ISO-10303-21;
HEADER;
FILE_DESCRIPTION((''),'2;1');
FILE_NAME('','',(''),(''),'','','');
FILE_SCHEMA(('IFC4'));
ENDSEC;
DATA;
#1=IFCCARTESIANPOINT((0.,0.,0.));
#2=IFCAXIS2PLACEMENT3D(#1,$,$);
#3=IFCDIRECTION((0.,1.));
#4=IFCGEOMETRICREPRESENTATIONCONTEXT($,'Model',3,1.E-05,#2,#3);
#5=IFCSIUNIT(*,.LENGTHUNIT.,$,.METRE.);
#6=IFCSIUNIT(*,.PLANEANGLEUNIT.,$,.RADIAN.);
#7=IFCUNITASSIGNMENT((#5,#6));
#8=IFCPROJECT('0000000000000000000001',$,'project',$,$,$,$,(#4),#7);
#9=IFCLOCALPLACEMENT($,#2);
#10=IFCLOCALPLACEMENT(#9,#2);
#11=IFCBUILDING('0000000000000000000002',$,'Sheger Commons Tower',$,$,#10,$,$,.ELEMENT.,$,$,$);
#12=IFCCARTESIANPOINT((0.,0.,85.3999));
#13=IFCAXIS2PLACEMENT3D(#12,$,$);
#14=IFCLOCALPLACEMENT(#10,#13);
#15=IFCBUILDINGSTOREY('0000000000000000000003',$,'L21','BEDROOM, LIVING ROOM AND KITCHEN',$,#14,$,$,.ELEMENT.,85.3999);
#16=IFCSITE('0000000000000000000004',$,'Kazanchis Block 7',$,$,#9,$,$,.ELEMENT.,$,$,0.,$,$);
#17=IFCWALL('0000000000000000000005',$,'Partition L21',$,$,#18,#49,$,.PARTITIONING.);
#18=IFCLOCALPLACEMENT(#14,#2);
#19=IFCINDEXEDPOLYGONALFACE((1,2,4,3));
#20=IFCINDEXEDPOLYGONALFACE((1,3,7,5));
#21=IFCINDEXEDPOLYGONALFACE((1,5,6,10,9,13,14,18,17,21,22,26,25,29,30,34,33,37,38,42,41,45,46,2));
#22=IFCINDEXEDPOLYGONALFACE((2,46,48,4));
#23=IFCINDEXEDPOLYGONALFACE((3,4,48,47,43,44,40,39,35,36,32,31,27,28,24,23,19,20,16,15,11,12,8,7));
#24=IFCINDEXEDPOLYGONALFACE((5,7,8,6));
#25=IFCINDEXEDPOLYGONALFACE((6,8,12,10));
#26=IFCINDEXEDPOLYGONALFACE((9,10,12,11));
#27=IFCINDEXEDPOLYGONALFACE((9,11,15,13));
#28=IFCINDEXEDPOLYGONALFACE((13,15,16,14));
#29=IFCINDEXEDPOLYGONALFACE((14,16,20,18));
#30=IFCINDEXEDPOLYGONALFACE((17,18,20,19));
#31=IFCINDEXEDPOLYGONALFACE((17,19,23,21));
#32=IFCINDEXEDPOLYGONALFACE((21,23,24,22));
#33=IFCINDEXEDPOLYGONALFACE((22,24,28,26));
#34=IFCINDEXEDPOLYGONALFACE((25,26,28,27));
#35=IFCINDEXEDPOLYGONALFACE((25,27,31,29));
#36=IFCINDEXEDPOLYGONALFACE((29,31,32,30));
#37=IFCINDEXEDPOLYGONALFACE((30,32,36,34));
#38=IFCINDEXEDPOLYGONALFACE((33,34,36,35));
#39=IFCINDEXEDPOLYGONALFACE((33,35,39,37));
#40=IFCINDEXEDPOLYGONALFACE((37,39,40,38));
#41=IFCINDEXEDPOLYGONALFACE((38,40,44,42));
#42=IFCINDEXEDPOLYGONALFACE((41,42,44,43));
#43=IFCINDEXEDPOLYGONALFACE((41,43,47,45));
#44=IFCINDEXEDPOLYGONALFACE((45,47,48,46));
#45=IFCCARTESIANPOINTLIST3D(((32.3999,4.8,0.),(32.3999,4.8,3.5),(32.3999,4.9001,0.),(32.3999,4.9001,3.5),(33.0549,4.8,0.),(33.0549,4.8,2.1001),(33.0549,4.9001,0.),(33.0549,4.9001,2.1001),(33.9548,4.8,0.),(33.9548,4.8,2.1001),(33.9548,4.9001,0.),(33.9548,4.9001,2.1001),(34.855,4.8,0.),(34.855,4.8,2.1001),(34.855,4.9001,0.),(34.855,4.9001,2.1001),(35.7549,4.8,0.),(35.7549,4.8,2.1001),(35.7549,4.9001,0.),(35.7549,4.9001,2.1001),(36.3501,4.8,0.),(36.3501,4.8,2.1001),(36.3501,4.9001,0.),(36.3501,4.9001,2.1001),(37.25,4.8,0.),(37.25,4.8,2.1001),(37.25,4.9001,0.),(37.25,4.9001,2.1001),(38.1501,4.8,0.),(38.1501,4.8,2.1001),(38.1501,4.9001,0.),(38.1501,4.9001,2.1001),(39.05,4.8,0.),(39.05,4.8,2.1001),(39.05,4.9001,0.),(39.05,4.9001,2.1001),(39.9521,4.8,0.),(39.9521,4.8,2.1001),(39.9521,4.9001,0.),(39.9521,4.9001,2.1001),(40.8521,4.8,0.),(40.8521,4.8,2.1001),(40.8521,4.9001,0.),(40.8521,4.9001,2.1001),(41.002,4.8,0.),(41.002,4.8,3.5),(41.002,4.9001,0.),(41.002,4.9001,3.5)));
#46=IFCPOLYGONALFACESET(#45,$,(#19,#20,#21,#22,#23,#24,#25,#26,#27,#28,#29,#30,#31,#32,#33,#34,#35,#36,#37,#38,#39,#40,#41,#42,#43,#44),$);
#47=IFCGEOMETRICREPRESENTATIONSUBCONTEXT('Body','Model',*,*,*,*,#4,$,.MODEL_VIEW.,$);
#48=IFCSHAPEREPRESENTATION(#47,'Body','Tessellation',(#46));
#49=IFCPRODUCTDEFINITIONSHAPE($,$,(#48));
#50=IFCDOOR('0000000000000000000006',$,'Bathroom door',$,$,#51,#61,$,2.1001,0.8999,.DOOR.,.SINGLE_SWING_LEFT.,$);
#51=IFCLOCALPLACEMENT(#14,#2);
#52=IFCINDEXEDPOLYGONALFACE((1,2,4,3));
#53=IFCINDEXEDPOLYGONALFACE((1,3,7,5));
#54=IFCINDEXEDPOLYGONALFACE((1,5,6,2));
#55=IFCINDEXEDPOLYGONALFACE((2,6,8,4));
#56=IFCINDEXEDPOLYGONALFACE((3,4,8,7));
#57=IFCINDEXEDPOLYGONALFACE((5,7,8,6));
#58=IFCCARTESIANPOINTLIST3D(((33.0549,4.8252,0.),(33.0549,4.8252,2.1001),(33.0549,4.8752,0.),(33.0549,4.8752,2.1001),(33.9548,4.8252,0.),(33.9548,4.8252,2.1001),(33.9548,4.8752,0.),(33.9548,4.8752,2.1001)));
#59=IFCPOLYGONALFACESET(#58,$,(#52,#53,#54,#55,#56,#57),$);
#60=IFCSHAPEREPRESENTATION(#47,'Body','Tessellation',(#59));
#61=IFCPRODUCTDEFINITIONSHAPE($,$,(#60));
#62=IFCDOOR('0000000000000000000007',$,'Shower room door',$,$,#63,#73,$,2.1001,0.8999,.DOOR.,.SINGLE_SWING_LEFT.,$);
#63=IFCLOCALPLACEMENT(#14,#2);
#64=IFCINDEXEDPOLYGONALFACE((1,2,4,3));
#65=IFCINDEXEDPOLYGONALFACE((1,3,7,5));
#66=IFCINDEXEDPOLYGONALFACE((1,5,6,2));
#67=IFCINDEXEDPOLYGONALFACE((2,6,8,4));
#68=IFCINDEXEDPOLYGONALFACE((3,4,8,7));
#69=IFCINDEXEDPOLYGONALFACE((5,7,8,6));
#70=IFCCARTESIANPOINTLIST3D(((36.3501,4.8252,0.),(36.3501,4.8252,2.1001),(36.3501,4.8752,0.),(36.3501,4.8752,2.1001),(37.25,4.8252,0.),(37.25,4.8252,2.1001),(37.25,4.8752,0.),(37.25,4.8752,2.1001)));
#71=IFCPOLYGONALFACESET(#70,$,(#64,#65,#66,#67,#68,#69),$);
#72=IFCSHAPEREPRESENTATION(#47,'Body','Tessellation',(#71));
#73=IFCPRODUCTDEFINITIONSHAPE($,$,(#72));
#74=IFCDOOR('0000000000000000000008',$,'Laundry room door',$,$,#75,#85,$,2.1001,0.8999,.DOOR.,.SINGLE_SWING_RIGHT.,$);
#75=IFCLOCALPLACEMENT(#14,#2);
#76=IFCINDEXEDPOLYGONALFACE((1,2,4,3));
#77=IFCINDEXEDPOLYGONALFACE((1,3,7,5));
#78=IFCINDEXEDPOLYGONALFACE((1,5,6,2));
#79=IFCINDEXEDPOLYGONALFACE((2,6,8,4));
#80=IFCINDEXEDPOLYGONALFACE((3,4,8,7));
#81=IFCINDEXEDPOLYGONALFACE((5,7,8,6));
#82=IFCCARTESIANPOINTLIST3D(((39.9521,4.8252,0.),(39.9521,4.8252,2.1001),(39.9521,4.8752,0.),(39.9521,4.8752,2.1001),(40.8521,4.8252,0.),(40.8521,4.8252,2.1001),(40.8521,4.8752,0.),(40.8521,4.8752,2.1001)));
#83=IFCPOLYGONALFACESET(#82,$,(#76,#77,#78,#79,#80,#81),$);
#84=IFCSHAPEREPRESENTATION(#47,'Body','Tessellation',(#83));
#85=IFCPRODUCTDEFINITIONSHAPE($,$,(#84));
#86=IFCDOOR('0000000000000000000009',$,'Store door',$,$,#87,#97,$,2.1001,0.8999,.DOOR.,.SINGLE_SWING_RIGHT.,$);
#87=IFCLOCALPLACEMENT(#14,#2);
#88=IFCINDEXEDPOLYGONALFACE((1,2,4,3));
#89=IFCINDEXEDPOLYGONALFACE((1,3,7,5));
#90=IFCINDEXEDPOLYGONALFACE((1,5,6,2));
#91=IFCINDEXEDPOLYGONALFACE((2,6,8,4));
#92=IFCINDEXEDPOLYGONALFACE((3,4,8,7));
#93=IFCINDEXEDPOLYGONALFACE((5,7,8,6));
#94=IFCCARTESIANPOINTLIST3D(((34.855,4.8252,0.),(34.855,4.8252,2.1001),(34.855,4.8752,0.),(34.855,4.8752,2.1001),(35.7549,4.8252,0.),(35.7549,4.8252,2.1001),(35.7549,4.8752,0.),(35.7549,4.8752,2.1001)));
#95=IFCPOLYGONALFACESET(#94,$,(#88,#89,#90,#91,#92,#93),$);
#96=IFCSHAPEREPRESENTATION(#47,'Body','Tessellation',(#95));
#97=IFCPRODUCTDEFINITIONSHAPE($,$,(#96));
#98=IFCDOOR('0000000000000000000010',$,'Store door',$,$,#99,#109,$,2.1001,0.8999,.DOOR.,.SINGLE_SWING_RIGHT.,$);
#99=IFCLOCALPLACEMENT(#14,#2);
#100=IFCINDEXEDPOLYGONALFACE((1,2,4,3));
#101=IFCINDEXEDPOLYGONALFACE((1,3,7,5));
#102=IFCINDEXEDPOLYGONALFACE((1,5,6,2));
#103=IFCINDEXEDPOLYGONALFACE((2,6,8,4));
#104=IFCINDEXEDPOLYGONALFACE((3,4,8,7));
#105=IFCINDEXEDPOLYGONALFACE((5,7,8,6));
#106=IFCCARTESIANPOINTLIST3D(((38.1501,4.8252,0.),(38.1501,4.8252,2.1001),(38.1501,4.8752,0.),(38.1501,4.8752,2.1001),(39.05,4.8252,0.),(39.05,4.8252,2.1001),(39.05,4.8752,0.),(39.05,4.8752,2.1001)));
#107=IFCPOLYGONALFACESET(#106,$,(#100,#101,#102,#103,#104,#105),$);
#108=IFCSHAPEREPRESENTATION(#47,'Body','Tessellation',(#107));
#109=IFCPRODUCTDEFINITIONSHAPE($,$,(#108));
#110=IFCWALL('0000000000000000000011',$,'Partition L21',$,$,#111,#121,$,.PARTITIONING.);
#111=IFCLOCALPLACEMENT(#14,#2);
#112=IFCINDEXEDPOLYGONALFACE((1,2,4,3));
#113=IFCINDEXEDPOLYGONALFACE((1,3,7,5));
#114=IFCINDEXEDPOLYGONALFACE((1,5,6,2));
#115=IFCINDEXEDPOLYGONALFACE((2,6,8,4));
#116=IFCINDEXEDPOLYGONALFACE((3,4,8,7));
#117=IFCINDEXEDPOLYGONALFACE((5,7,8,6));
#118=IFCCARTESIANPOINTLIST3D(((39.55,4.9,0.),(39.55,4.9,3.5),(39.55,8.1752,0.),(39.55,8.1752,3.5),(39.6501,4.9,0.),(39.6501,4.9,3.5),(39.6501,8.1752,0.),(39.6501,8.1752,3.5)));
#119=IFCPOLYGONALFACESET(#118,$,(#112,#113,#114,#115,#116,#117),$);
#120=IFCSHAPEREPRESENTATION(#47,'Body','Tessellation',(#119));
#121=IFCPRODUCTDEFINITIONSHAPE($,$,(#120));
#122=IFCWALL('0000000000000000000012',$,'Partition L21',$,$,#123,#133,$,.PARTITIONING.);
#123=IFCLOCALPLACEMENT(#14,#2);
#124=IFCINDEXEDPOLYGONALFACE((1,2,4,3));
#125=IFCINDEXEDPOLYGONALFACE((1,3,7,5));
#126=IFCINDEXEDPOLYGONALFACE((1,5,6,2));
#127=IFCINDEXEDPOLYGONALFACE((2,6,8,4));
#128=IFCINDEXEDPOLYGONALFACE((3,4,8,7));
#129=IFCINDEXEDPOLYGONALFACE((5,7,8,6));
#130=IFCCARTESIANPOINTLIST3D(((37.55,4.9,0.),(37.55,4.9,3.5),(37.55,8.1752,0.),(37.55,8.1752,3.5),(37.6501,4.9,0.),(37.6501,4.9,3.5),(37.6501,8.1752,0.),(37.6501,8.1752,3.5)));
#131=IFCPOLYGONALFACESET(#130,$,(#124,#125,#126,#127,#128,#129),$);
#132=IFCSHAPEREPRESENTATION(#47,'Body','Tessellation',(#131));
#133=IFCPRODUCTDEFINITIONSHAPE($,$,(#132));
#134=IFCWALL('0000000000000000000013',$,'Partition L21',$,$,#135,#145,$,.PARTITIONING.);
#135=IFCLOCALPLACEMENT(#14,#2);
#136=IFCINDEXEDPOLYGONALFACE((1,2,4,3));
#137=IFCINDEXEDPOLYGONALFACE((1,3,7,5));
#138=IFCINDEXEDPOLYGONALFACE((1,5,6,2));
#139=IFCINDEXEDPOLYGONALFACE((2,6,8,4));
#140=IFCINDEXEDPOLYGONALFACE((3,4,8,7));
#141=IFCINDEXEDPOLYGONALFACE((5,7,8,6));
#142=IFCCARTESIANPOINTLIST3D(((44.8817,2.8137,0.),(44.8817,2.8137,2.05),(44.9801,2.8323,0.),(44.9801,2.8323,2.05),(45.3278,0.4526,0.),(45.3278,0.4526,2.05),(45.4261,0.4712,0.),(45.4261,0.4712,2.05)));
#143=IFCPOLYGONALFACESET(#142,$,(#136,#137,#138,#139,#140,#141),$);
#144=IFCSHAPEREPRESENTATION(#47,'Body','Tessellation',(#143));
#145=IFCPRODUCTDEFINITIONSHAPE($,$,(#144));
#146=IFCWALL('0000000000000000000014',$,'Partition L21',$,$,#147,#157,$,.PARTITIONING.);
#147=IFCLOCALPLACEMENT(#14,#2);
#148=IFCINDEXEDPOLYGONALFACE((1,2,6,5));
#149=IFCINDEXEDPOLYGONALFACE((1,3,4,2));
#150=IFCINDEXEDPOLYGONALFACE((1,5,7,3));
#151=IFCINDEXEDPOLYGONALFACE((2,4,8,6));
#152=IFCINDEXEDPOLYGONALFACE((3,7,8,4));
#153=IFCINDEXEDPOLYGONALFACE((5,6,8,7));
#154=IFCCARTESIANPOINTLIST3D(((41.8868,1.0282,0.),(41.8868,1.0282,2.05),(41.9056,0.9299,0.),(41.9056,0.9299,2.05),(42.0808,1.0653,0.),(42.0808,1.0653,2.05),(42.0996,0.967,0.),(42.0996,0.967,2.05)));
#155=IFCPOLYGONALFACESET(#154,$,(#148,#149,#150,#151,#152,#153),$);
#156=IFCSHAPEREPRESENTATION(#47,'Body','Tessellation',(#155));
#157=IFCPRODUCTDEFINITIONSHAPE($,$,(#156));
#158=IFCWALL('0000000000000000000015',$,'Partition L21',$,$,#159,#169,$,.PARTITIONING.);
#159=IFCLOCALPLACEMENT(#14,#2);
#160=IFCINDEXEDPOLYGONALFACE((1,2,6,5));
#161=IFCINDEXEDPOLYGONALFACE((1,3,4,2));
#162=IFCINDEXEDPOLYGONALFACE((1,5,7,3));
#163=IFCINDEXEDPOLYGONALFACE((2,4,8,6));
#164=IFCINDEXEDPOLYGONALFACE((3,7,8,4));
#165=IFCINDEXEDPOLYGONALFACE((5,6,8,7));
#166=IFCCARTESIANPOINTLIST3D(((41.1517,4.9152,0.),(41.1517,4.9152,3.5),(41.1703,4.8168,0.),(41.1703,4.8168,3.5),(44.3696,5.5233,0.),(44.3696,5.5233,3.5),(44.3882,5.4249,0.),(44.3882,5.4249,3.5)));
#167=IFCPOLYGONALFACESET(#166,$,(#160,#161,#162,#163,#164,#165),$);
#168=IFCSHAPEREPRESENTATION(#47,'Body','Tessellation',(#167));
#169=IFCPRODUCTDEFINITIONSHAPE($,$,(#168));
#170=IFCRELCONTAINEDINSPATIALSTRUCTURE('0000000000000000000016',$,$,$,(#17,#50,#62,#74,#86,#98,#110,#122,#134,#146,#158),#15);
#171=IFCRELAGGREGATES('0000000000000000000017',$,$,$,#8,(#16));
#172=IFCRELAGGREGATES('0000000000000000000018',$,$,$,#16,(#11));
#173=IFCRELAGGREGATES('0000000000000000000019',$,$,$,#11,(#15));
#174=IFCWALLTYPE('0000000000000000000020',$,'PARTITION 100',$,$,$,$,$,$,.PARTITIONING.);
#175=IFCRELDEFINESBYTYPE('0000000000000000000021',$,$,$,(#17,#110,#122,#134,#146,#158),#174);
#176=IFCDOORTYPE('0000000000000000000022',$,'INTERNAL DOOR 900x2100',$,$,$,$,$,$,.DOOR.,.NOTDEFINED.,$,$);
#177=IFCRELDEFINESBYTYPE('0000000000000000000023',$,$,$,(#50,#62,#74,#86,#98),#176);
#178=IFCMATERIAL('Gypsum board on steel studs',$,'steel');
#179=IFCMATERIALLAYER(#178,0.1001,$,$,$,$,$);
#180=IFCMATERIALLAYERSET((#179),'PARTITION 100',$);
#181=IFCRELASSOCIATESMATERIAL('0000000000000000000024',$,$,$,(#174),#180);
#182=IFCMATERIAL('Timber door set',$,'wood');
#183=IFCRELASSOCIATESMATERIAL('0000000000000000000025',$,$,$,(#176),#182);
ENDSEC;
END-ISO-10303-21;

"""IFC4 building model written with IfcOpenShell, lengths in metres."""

from ifc_helpers import new_model, si_unit, direction, frame, frame_2d, origin, place, context, subcontext, project, spatial, rectangle, extrude, material, layer, layer_set, type_object, element, fill, save


model = new_model("IFC4")

# Units and contexts
model_context = context("Model", 3, precision=1e-05, world=origin(), true_north=direction((0.0, 1.0)))
body_context = subcontext(model_context, "Body", "Model", "MODEL_VIEW")
ifc_project = project(units=[si_unit("LENGTHUNIT", "METRE"), si_unit("PLANEANGLEUNIT", "RADIAN")], contexts=[model_context])

# Site, building, storey
site_placement = place(None, origin())
site = spatial("IfcSite", under=ifc_project, at=site_placement, Name="Kazanchis Block 7", CompositionType="ELEMENT", RefElevation=0.0)
building_placement = place(site_placement, origin())
building = spatial("IfcBuilding", under=site, at=building_placement, Name="Sheger Commons Tower", CompositionType="ELEMENT")
storey_placement = place(building_placement, frame((0.0, 0.0, 85.3999)))
storey = spatial("IfcBuildingStorey", under=building, at=storey_placement, Name="L21", Description="BEDROOM, LIVING ROOM AND KITCHEN", CompositionType="ELEMENT", Elevation=85.3999)

# Wall, openings, doors
ifc_material_1 = material(Name="Gypsum board on steel studs", Category="steel")
ifc_layer_1 = layer(ifc_material_1, 0.1001)
ifc_layer_set_1 = layer_set([ifc_layer_1], Name="PARTITION 100")
wall_type = type_object("IfcWallType", Name="PARTITION 100", PredefinedType="PARTITIONING", material=ifc_layer_set_1)
ifc_material_2 = material(Name="Timber door set", Category="wood")
door_type = type_object("IfcDoorType", Name="INTERNAL DOOR 900x2100", OperationType="NOTDEFINED", PredefinedType="DOOR", material=ifc_material_2)
wall_1_placement = place(storey_placement, frame((41.002, 4.8501, 0.0), z_axis=(0.0, 0.0, 1.0), x_axis=(-1.0, 0.0, 0.0)))
wall_1 = element("IfcWall", 1, at=wall_1_placement, inside=storey, type_object=wall_type, Name="Partition L21", PredefinedType="PARTITIONING", context=body_context, shape_type="SweptSolid", body=[
    extrude(rectangle(XDim=8.6021, YDim=0.1001, at=frame_2d((4.301, 0.0))), origin(), (0.0, 0.0, 1.0), 3.5),
])
opening_1_placement = place(wall_1_placement, frame((7.0471, 0.0, 0.0)))
opening_1 = element("IfcOpeningElement", 2, at=opening_1_placement, cuts=wall_1, PredefinedType="OPENING", context=body_context, shape_type="SweptSolid", body=[
    extrude(rectangle(XDim=0.8999, YDim=2.1001, at=frame_2d((0.45, 1.05))), frame((0.0, 0.0601, 0.0), z_axis=(0.0, -1.0, 0.0), x_axis=(1.0, 0.0, 0.0)), (0.0, 0.0, 1.0), 0.1201),
])
opening_2_placement = place(wall_1_placement, frame((3.752, 0.0, 0.0)))
opening_2 = element("IfcOpeningElement", 3, at=opening_2_placement, cuts=wall_1, PredefinedType="OPENING", context=body_context, shape_type="SweptSolid", body=[
    extrude(rectangle(XDim=0.8999, YDim=2.1001, at=frame_2d((0.45, 1.05))), frame((0.0, 0.0601, 0.0), z_axis=(0.0, -1.0, 0.0), x_axis=(1.0, 0.0, 0.0)), (0.0, 0.0, 1.0), 0.1201),
])
opening_3_placement = place(wall_1_placement, frame((0.1499, 0.0, 0.0)))
opening_3 = element("IfcOpeningElement", 4, at=opening_3_placement, cuts=wall_1, PredefinedType="OPENING", context=body_context, shape_type="SweptSolid", body=[
    extrude(rectangle(XDim=0.8999, YDim=2.1001, at=frame_2d((0.45, 1.05))), frame((0.0, 0.0601, 0.0), z_axis=(0.0, -1.0, 0.0), x_axis=(1.0, 0.0, 0.0)), (0.0, 0.0, 1.0), 0.1201),
])
opening_4_placement = place(wall_1_placement, frame((5.2471, 0.0, 0.0)))
opening_4 = element("IfcOpeningElement", 5, at=opening_4_placement, cuts=wall_1, PredefinedType="OPENING", context=body_context, shape_type="SweptSolid", body=[
    extrude(rectangle(XDim=0.8999, YDim=2.1001, at=frame_2d((0.45, 1.05))), frame((0.0, 0.0601, 0.0), z_axis=(0.0, -1.0, 0.0), x_axis=(1.0, 0.0, 0.0)), (0.0, 0.0, 1.0), 0.1201),
])
opening_5_placement = place(wall_1_placement, frame((1.9519, 0.0, 0.0)))
opening_5 = element("IfcOpeningElement", 6, at=opening_5_placement, cuts=wall_1, PredefinedType="OPENING", context=body_context, shape_type="SweptSolid", body=[
    extrude(rectangle(XDim=0.8999, YDim=2.1001, at=frame_2d((0.45, 1.05))), frame((0.0, 0.0601, 0.0), z_axis=(0.0, -1.0, 0.0), x_axis=(1.0, 0.0, 0.0)), (0.0, 0.0, 1.0), 0.1201),
])
door_1_placement = place(opening_1_placement, origin())
door_1 = element("IfcDoor", 7, at=door_1_placement, inside=storey, type_object=door_type, Name="Bathroom door", OperationType="SINGLE_SWING_LEFT", OverallHeight=2.1001, OverallWidth=0.8999, PredefinedType="DOOR", context=body_context, shape_type="SweptSolid", body=[
    extrude(rectangle(XDim=0.8999, YDim=2.1001, at=frame_2d((0.45, 1.05))), frame((0.0, 0.0249, 0.0), z_axis=(0.0, -1.0, 0.0), x_axis=(1.0, 0.0, 0.0)), (0.0, 0.0, 1.0), 0.05),
])
fill(opening_1, door_1)
door_2_placement = place(opening_2_placement, origin())
door_2 = element("IfcDoor", 8, at=door_2_placement, inside=storey, type_object=door_type, Name="Shower room door", OperationType="SINGLE_SWING_LEFT", OverallHeight=2.1001, OverallWidth=0.8999, PredefinedType="DOOR", context=body_context, shape_type="SweptSolid", body=[
    extrude(rectangle(XDim=0.8999, YDim=2.1001, at=frame_2d((0.45, 1.05))), frame((0.0, 0.0249, 0.0), z_axis=(0.0, -1.0, 0.0), x_axis=(1.0, 0.0, 0.0)), (0.0, 0.0, 1.0), 0.05),
])
fill(opening_2, door_2)
door_3_placement = place(opening_3_placement, origin())
door_3 = element("IfcDoor", 9, at=door_3_placement, inside=storey, type_object=door_type, Name="Laundry room door", OperationType="SINGLE_SWING_RIGHT", OverallHeight=2.1001, OverallWidth=0.8999, PredefinedType="DOOR", context=body_context, shape_type="SweptSolid", body=[
    extrude(rectangle(XDim=0.8999, YDim=2.1001, at=frame_2d((0.45, 1.05))), frame((0.0, 0.0249, 0.0), z_axis=(0.0, -1.0, 0.0), x_axis=(1.0, 0.0, 0.0)), (0.0, 0.0, 1.0), 0.05),
])
fill(opening_3, door_3)
door_4_placement = place(opening_4_placement, origin())
door_4 = element("IfcDoor", 10, at=door_4_placement, inside=storey, type_object=door_type, Name="Store door", OperationType="SINGLE_SWING_RIGHT", OverallHeight=2.1001, OverallWidth=0.8999, PredefinedType="DOOR", context=body_context, shape_type="SweptSolid", body=[
    extrude(rectangle(XDim=0.8999, YDim=2.1001, at=frame_2d((0.45, 1.05))), frame((0.0, 0.0249, 0.0), z_axis=(0.0, -1.0, 0.0), x_axis=(1.0, 0.0, 0.0)), (0.0, 0.0, 1.0), 0.05),
])
fill(opening_4, door_4)
door_5_placement = place(opening_5_placement, origin())
door_5 = element("IfcDoor", 11, at=door_5_placement, inside=storey, type_object=door_type, Name="Store door", OperationType="SINGLE_SWING_RIGHT", OverallHeight=2.1001, OverallWidth=0.8999, PredefinedType="DOOR", context=body_context, shape_type="SweptSolid", body=[
    extrude(rectangle(XDim=0.8999, YDim=2.1001, at=frame_2d((0.45, 1.05))), frame((0.0, 0.0249, 0.0), z_axis=(0.0, -1.0, 0.0), x_axis=(1.0, 0.0, 0.0)), (0.0, 0.0, 1.0), 0.05),
])
fill(opening_5, door_5)

# Walls
for number, where, z_axis, x_axis, name in (
    (12, (39.6001, 4.8999, 0.0), (0.0, 0.0, 1.0), (0.0, 1.0, 0.0), "Partition L21"),
    (13, (37.6001, 4.8999, 0.0), (0.0, 0.0, 1.0), (0.0, 1.0, 0.0), "Partition L21"),
):
    element("IfcWall", number, at=place(storey_placement, frame(where, z_axis=z_axis, x_axis=x_axis)), inside=storey, type_object=wall_type, Name=name, PredefinedType="PARTITIONING", context=body_context, shape_type="SweptSolid", body=[
        extrude(rectangle(XDim=3.2751, YDim=0.1001, at=frame_2d((1.6377, 0.0))), origin(), (0.0, 0.0, 1.0), 3.5),
    ])
wall_2_placement = place(storey_placement, frame((44.9309, 2.823, 0.0), z_axis=(0.0, 0.0, 1.0), x_axis=(0.185632, -0.982619, 0.0)))
element("IfcWall", 14, at=wall_2_placement, inside=storey, type_object=wall_type, Name="Partition L21", PredefinedType="PARTITIONING", context=body_context, shape_type="SweptSolid", body=[
    extrude(rectangle(XDim=2.4028, YDim=0.1001, at=frame_2d((1.2014, 0.0))), origin(), (0.0, 0.0, 1.0), 2.05),
])
wall_3_placement = place(storey_placement, frame((42.0901, 1.0161, 0.0), z_axis=(0.0, 0.0, 1.0), x_axis=(-0.982209, -0.187793, 0.0)))
element("IfcWall", 15, at=wall_3_placement, inside=storey, type_object=wall_type, Name="Partition L21", PredefinedType="PARTITIONING", context=body_context, shape_type="SweptSolid", body=[
    extrude(rectangle(XDim=0.1975, YDim=0.1001, at=frame_2d((0.0986, 0.0))), origin(), (0.0, 0.0, 1.0), 2.05),
])
wall_4_placement = place(storey_placement, frame((44.3789, 5.4741, 0.0), z_axis=(0.0, 0.0, 1.0), x_axis=(-0.982607, -0.185697, 0.0)))
element("IfcWall", 16, at=wall_4_placement, inside=storey, type_object=wall_type, Name="Partition L21", PredefinedType="PARTITIONING", context=body_context, shape_type="SweptSolid", body=[
    extrude(rectangle(XDim=3.2749, YDim=0.1001, at=frame_2d((1.6375, 0.0))), origin(), (0.0, 0.0, 1.0), 3.5),
])

save(model, "model.ifc")
